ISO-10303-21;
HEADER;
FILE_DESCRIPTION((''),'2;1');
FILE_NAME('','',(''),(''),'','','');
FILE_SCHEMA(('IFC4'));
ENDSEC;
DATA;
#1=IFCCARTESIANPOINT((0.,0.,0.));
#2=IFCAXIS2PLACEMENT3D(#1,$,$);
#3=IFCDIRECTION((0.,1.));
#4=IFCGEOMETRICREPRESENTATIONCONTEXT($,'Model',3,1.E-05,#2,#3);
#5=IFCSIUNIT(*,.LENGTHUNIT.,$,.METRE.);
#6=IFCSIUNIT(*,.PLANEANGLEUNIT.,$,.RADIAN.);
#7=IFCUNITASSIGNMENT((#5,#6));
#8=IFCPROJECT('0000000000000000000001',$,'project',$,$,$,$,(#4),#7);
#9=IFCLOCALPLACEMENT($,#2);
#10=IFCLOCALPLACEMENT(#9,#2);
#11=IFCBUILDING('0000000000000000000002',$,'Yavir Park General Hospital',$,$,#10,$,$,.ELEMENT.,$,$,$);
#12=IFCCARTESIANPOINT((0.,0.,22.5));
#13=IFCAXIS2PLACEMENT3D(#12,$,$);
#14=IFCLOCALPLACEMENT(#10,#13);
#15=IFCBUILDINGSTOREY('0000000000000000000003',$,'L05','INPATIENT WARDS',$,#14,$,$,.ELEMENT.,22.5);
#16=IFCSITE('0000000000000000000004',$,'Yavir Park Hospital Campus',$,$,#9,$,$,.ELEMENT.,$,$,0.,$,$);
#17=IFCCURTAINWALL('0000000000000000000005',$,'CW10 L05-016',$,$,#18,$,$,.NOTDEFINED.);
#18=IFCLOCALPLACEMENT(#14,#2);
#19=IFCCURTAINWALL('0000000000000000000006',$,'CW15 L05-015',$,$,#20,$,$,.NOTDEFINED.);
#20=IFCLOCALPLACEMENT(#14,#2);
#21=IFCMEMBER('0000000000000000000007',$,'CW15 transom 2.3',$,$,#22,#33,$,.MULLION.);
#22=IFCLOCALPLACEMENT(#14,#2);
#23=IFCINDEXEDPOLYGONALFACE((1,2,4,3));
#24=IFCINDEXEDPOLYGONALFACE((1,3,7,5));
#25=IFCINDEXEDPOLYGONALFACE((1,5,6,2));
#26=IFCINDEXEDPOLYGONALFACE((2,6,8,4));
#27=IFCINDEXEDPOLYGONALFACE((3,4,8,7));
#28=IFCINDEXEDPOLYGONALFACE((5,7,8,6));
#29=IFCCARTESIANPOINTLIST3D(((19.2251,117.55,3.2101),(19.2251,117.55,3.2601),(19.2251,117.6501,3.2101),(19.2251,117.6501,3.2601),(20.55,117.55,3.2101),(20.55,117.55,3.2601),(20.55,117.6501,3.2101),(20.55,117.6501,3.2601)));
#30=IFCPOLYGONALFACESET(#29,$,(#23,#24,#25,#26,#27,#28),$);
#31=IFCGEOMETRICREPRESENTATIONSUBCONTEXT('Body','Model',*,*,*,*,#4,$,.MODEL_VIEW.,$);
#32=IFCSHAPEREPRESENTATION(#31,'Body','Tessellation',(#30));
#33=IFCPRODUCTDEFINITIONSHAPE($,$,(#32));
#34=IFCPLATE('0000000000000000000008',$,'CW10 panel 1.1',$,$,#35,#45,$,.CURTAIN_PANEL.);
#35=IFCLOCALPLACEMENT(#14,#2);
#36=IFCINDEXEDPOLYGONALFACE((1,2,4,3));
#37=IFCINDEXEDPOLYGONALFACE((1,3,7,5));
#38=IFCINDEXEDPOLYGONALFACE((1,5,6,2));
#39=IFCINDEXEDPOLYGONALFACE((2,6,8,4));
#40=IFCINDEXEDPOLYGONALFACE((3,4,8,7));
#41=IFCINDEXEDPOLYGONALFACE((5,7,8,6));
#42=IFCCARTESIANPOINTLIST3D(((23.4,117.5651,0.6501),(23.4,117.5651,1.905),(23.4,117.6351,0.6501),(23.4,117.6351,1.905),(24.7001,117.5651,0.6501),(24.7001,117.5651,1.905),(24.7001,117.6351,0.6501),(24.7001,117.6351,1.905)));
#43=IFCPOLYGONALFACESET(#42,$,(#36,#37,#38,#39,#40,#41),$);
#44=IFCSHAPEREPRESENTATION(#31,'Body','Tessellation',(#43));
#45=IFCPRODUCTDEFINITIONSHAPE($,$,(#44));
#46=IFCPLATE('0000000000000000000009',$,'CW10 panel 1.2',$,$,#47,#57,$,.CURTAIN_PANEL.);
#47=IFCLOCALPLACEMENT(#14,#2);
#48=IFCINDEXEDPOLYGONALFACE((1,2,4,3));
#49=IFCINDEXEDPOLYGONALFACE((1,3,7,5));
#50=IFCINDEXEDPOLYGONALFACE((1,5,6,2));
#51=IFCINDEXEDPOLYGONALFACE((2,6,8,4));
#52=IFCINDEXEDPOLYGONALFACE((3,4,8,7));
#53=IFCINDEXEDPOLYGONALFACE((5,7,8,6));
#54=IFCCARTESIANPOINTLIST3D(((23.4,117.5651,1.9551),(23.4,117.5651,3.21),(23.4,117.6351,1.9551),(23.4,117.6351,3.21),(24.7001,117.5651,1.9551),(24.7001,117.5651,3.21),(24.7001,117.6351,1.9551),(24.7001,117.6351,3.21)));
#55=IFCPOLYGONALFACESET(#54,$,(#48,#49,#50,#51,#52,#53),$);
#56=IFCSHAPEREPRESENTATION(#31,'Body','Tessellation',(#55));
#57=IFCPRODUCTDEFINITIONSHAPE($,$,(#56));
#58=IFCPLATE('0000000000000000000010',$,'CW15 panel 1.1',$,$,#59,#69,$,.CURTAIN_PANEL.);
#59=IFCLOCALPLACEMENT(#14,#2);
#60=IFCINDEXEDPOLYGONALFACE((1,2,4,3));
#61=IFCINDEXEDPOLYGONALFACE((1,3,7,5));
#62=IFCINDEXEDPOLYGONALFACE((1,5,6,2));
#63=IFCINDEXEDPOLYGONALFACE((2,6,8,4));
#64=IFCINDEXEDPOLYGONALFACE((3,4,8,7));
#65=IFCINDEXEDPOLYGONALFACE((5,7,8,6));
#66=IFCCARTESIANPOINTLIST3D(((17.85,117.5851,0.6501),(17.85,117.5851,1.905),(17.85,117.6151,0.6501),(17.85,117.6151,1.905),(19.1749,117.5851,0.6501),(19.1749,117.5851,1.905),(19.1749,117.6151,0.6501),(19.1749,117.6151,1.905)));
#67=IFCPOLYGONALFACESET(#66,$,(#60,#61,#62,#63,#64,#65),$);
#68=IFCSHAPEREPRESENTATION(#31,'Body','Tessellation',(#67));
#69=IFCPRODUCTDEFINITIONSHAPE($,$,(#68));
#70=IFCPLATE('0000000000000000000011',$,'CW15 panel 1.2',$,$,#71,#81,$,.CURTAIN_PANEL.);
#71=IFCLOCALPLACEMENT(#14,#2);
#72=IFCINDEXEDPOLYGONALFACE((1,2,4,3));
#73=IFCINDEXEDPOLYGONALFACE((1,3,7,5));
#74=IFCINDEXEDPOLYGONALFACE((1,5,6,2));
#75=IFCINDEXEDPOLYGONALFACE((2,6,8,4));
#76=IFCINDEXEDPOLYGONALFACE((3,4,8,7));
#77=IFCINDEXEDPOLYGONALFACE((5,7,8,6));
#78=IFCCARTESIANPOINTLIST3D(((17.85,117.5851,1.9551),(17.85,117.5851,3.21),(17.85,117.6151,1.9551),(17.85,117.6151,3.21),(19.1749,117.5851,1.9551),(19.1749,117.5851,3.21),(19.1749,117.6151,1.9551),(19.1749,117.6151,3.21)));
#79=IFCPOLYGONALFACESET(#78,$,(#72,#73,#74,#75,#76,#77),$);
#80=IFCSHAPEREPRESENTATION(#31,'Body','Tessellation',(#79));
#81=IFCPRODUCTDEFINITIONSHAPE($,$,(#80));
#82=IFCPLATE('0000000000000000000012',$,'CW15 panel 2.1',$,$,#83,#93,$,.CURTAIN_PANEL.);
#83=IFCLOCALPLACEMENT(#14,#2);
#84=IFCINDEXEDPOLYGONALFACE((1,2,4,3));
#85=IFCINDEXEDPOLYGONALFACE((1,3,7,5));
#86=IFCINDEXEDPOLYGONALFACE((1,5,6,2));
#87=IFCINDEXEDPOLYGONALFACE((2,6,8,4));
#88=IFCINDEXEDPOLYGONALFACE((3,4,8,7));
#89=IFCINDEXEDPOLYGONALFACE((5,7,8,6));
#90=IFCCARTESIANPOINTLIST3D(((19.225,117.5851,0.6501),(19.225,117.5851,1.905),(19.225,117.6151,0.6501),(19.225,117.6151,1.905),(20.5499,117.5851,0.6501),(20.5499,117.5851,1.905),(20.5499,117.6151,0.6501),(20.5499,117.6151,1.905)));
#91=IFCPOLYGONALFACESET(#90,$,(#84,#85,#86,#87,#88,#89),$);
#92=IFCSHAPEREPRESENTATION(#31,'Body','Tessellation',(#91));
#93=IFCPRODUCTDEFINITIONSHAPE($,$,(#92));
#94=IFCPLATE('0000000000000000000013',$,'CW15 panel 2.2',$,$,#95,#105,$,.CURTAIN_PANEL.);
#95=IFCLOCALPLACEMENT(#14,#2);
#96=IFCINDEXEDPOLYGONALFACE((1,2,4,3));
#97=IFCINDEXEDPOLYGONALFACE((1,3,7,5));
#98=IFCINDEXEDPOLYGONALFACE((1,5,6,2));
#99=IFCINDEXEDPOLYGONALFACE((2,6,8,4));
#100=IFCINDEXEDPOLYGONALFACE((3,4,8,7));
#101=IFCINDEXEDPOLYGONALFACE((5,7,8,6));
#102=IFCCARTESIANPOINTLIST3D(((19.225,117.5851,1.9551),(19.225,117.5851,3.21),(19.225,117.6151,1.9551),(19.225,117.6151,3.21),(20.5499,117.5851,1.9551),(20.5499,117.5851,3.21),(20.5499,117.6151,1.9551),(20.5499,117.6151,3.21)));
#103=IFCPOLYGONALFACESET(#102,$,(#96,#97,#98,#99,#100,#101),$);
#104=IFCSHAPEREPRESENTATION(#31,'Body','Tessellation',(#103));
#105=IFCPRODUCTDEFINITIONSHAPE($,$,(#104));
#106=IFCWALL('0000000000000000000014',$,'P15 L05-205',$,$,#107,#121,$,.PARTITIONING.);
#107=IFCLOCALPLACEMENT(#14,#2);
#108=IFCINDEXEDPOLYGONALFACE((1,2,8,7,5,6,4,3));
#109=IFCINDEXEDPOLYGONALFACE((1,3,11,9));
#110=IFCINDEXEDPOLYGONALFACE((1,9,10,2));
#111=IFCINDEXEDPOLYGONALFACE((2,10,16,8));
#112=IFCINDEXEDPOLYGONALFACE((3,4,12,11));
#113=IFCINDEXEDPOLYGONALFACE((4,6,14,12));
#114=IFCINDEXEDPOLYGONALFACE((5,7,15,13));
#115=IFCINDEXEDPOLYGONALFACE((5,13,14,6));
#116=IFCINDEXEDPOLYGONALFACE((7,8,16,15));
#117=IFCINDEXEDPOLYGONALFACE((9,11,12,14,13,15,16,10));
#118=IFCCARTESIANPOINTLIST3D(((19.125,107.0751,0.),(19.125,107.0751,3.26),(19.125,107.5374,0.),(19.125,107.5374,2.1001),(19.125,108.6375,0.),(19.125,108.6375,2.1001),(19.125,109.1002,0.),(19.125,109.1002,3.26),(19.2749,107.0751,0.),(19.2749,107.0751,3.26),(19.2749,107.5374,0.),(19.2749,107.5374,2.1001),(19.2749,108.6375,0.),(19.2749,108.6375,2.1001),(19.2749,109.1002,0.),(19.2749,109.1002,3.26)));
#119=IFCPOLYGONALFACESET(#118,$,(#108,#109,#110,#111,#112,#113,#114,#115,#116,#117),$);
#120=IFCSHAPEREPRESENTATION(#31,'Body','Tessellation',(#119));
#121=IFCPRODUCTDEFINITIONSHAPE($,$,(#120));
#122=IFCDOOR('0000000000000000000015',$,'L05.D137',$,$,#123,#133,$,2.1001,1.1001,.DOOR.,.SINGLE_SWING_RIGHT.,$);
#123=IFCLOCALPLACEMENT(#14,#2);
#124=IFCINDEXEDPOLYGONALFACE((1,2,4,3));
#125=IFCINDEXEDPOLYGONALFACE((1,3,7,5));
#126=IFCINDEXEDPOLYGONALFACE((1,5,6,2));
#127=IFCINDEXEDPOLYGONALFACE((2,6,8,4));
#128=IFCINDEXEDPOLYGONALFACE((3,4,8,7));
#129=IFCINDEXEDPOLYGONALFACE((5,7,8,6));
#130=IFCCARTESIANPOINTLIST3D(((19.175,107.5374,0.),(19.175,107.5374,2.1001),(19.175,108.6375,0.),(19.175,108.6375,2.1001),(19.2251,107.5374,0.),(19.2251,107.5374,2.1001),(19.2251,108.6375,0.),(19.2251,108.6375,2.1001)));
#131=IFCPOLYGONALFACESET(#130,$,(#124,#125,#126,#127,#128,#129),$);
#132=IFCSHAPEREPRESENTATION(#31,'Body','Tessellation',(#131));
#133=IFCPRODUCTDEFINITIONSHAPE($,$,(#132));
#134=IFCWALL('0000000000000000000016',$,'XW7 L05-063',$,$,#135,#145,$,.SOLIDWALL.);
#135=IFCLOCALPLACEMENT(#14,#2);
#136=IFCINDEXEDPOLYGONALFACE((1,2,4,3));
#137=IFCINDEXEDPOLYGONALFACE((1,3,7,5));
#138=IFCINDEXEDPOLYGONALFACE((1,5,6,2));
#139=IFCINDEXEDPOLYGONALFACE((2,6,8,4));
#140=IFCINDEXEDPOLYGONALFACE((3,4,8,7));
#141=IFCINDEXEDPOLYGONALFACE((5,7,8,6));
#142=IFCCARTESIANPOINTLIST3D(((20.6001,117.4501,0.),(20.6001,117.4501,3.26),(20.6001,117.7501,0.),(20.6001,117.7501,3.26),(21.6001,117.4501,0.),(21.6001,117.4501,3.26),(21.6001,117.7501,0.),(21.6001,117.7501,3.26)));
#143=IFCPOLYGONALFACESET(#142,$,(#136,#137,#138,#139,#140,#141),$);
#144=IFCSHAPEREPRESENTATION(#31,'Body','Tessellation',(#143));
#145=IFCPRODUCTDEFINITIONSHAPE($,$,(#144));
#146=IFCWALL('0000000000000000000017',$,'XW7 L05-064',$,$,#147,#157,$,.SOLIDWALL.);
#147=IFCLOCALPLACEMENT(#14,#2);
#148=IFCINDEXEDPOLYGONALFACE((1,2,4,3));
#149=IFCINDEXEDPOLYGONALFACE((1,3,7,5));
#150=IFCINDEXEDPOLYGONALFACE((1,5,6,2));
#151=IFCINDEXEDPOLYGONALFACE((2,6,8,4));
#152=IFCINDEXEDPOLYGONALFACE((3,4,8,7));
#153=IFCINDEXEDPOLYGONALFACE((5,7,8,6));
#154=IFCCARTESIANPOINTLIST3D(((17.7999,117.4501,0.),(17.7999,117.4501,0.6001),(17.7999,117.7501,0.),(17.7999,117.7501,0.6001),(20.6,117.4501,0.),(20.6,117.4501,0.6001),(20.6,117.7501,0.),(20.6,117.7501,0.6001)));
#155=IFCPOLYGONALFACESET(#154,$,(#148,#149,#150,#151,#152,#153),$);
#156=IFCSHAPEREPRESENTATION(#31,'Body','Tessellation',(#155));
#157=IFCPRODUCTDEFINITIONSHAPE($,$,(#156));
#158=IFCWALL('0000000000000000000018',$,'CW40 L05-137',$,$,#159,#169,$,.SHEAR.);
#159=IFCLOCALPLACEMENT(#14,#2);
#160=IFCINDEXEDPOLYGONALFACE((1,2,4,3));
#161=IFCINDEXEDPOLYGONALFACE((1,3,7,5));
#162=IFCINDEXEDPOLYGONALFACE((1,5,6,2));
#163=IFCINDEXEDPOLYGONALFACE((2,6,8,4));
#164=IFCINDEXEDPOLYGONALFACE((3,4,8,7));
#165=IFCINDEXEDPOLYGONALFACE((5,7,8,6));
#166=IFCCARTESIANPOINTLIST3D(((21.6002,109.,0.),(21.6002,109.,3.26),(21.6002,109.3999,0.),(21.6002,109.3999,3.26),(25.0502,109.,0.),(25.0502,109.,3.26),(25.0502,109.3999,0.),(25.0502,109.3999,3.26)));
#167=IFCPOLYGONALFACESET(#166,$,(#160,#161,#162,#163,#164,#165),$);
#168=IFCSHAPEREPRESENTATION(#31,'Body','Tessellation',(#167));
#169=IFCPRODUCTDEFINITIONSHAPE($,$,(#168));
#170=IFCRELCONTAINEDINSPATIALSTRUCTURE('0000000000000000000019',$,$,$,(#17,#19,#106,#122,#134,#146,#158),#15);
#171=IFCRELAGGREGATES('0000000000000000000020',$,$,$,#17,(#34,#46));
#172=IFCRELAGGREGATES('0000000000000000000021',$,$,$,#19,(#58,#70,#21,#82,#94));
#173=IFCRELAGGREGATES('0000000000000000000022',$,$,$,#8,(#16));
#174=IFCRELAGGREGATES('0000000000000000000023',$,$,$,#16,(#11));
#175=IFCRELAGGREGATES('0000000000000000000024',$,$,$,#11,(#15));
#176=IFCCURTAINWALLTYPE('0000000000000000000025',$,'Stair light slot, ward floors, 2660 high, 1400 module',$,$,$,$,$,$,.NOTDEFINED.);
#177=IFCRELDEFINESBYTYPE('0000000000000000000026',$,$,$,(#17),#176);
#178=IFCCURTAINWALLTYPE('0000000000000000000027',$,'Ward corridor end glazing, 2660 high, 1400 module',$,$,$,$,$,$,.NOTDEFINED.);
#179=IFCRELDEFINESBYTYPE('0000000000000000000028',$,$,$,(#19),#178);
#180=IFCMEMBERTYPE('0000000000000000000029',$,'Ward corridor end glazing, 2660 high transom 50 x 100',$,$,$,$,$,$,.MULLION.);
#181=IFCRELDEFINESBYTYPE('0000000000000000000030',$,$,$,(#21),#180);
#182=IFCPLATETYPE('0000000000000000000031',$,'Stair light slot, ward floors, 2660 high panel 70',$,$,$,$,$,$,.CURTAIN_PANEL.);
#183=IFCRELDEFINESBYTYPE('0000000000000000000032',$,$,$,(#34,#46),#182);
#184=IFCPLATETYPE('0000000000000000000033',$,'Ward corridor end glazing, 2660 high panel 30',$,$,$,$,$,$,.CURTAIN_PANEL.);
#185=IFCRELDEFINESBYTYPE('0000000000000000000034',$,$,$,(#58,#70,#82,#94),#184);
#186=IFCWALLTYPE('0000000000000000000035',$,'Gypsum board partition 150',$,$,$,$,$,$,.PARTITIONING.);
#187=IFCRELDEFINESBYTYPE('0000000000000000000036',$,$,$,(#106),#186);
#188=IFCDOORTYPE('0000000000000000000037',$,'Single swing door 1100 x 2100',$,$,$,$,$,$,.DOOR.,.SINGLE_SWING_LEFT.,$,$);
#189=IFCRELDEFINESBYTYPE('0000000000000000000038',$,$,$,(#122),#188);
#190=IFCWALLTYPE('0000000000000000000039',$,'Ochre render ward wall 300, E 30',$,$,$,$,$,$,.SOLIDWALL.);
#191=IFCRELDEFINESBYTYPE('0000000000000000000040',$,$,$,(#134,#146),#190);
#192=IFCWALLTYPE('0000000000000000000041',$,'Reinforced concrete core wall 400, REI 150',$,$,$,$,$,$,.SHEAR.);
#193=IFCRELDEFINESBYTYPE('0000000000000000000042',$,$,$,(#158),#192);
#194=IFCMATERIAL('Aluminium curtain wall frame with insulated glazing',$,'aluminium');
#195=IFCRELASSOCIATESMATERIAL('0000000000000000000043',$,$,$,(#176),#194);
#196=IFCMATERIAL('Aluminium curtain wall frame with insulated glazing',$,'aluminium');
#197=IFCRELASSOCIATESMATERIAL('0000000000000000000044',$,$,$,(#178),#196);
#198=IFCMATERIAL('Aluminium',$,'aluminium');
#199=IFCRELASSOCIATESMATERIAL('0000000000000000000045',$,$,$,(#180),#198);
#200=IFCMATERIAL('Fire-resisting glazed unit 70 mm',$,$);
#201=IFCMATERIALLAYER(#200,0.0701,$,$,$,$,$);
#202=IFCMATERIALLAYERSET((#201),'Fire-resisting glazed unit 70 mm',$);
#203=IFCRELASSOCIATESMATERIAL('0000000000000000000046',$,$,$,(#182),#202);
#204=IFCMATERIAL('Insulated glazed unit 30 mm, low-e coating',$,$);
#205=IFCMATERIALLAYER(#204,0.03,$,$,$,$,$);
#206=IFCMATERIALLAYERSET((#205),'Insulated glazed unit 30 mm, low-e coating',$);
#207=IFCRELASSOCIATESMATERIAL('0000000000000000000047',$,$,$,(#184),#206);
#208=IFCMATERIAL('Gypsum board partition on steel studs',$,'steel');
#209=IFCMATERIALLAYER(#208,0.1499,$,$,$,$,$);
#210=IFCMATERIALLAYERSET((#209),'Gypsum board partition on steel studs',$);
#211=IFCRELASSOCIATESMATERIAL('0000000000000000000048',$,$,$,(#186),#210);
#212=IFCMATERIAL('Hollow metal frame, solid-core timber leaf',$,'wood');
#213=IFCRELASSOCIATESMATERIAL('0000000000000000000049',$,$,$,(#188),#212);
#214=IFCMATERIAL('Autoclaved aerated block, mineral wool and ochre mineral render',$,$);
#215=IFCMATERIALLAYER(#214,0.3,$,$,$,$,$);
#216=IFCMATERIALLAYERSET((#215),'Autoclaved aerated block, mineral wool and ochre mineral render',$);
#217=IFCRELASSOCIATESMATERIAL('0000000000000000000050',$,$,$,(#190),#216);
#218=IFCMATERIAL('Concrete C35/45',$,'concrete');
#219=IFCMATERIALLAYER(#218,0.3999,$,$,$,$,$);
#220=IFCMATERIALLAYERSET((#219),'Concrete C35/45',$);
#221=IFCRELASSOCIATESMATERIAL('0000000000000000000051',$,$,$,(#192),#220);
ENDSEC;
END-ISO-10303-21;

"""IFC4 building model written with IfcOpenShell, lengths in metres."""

from ifc_helpers import new_model, si_unit, direction, frame, frame_2d, origin, origin_2d, place, context, subcontext, project, spatial, rectangle, extrude, material, layer, layer_set, material_profile, profile_set, type_object, element, fill, aggregate, save


model = new_model("IFC4")

# Units and contexts
model_context = context("Model", 3, precision=1e-05, world=origin(), true_north=direction((0.0, 1.0)))
body_context = subcontext(model_context, "Body", "Model", "MODEL_VIEW")
ifc_project = project(units=[si_unit("LENGTHUNIT", "METRE"), si_unit("PLANEANGLEUNIT", "RADIAN")], contexts=[model_context])

# Site, building, storey
site_placement = place(None, origin())
site = spatial("IfcSite", under=ifc_project, at=site_placement, Name="Yavir Park Hospital Campus", CompositionType="ELEMENT", RefElevation=0.0)
building_placement = place(site_placement, origin())
building = spatial("IfcBuilding", under=site, at=building_placement, Name="Yavir Park General Hospital", CompositionType="ELEMENT")
storey_placement = place(building_placement, frame((0.0, 0.0, 22.5)))
storey = spatial("IfcBuildingStorey", under=building, at=storey_placement, Name="L05", Description="INPATIENT WARDS", CompositionType="ELEMENT", Elevation=22.5)

# Curtain walls, member
ifc_material_1 = material(Name="Aluminium curtain wall frame with insulated glazing", Category="aluminium")
curtain_wall_type_1 = type_object("IfcCurtainWallType", Name="Stair light slot, ward floors, 2660 high, 1400 module", PredefinedType="NOTDEFINED", material=ifc_material_1)
curtain_wall_1_placement = place(storey_placement, origin())
curtain_wall_1 = element("IfcCurtainWall", 1, at=curtain_wall_1_placement, inside=storey, type_object=curtain_wall_type_1, Name="CW10 L05-016", PredefinedType="NOTDEFINED")
ifc_material_2 = material(Name="Aluminium curtain wall frame with insulated glazing", Category="aluminium")
curtain_wall_type_2 = type_object("IfcCurtainWallType", Name="Ward corridor end glazing, 2660 high, 1400 module", PredefinedType="NOTDEFINED", material=ifc_material_2)
curtain_wall_2_placement = place(storey_placement, origin())
curtain_wall_2 = element("IfcCurtainWall", 2, at=curtain_wall_2_placement, inside=storey, type_object=curtain_wall_type_2, Name="CW15 L05-015", PredefinedType="NOTDEFINED")
ifc_material_3 = material(Name="Aluminium", Category="aluminium")
ifc_material_profile_1 = material_profile(ifc_material_3, rectangle(XDim=0.1001, YDim=0.05, at=origin_2d()), Name="AL 100x50")
ifc_profile_set_1 = profile_set([ifc_material_profile_1], Name="Aluminium")
member_type_1 = type_object("IfcMemberType", Name="Ward corridor end glazing, 2660 high transom 50 x 100", PredefinedType="MULLION", material=ifc_profile_set_1)
member_1_placement = place(storey_placement, frame((19.2251, 117.6001, 3.2351), z_axis=(1.0, 0.0, 0.0), x_axis=(0.0, 1.0, 0.0)))
member_1 = element("IfcMember", 3, at=member_1_placement, type_object=member_type_1, Name="CW15 transom 2.3", PredefinedType="MULLION", context=body_context, shape_type="SweptSolid", body=[
    extrude(rectangle(XDim=0.1001, YDim=0.05, at=origin_2d()), origin(), (0.0, 0.0, 1.0), 1.325),
])

# Plates
ifc_material_4 = material(Name="Fire-resisting glazed unit 70 mm")
ifc_layer_1 = layer(ifc_material_4, 0.0701)
ifc_layer_set_1 = layer_set([ifc_layer_1], Name="Fire-resisting glazed unit 70 mm")
plate_type_1 = type_object("IfcPlateType", Name="Stair light slot, ward floors, 2660 high panel 70", PredefinedType="CURTAIN_PANEL", material=ifc_layer_set_1)
plate_1_placement = place(storey_placement, frame((24.05, 117.6001, 0.6501), z_axis=(0.0, 0.0, 1.0), x_axis=(1.0, 0.0, 0.0)))
plate_1 = element("IfcPlate", 4, at=plate_1_placement, type_object=plate_type_1, Name="CW10 panel 1.1", PredefinedType="CURTAIN_PANEL", context=body_context, shape_type="SweptSolid", body=[
    extrude(rectangle(XDim=1.3, YDim=0.0701, at=origin_2d()), origin(), (0.0, 0.0, 1.0), 1.2549),
])
plate_2_placement = place(storey_placement, frame((24.05, 117.6001, 1.9551), z_axis=(0.0, 0.0, 1.0), x_axis=(1.0, 0.0, 0.0)))
plate_2 = element("IfcPlate", 5, at=plate_2_placement, type_object=plate_type_1, Name="CW10 panel 1.2", PredefinedType="CURTAIN_PANEL", context=body_context, shape_type="SweptSolid", body=[
    extrude(rectangle(XDim=1.3, YDim=0.0701, at=origin_2d()), origin(), (0.0, 0.0, 1.0), 1.2549),
])
aggregate(curtain_wall_1, [plate_1, plate_2])
ifc_material_5 = material(Name="Insulated glazed unit 30 mm, low-e coating")
ifc_layer_2 = layer(ifc_material_5, 0.03)
ifc_layer_set_2 = layer_set([ifc_layer_2], Name="Insulated glazed unit 30 mm, low-e coating")
plate_type_2 = type_object("IfcPlateType", Name="Ward corridor end glazing, 2660 high panel 30", PredefinedType="CURTAIN_PANEL", material=ifc_layer_set_2)
plate_3_placement = place(storey_placement, frame((18.5125, 117.6001, 0.6501), z_axis=(0.0, 0.0, 1.0), x_axis=(1.0, 0.0, 0.0)))
plate_3 = element("IfcPlate", 6, at=plate_3_placement, type_object=plate_type_2, Name="CW15 panel 1.1", PredefinedType="CURTAIN_PANEL", context=body_context, shape_type="SweptSolid", body=[
    extrude(rectangle(XDim=1.325, YDim=0.03, at=origin_2d()), origin(), (0.0, 0.0, 1.0), 1.2549),
])
plate_4_placement = place(storey_placement, frame((18.5125, 117.6001, 1.9551), z_axis=(0.0, 0.0, 1.0), x_axis=(1.0, 0.0, 0.0)))
plate_4 = element("IfcPlate", 7, at=plate_4_placement, type_object=plate_type_2, Name="CW15 panel 1.2", PredefinedType="CURTAIN_PANEL", context=body_context, shape_type="SweptSolid", body=[
    extrude(rectangle(XDim=1.325, YDim=0.03, at=origin_2d()), origin(), (0.0, 0.0, 1.0), 1.2549),
])
plate_5_placement = place(storey_placement, frame((19.8875, 117.6001, 0.6501), z_axis=(0.0, 0.0, 1.0), x_axis=(1.0, 0.0, 0.0)))
plate_5 = element("IfcPlate", 8, at=plate_5_placement, type_object=plate_type_2, Name="CW15 panel 2.1", PredefinedType="CURTAIN_PANEL", context=body_context, shape_type="SweptSolid", body=[
    extrude(rectangle(XDim=1.325, YDim=0.03, at=origin_2d()), origin(), (0.0, 0.0, 1.0), 1.2549),
])
plate_6_placement = place(storey_placement, frame((19.8875, 117.6001, 1.9551), z_axis=(0.0, 0.0, 1.0), x_axis=(1.0, 0.0, 0.0)))
plate_6 = element("IfcPlate", 9, at=plate_6_placement, type_object=plate_type_2, Name="CW15 panel 2.2", PredefinedType="CURTAIN_PANEL", context=body_context, shape_type="SweptSolid", body=[
    extrude(rectangle(XDim=1.325, YDim=0.03, at=origin_2d()), origin(), (0.0, 0.0, 1.0), 1.2549),
])
aggregate(curtain_wall_2, [plate_3, plate_4, member_1, plate_5, plate_6])

# Wall, opening, door
ifc_material_6 = material(Name="Gypsum board partition on steel studs", Category="steel")
ifc_layer_3 = layer(ifc_material_6, 0.1499)
ifc_layer_set_3 = layer_set([ifc_layer_3], Name="Gypsum board partition on steel studs")
wall_type_1 = type_object("IfcWallType", Name="Gypsum board partition 150", PredefinedType="PARTITIONING", material=ifc_layer_set_3)
wall_1_placement = place(storey_placement, frame((19.2, 107.075, 0.0), z_axis=(0.0, 0.0, 1.0), x_axis=(0.0, 1.0, 0.0)))
wall_1 = element("IfcWall", 10, at=wall_1_placement, inside=storey, type_object=wall_type_1, Name="P15 L05-205", PredefinedType="PARTITIONING", context=body_context, shape_type="SweptSolid", body=[
    extrude(rectangle(XDim=2.0251, YDim=0.1499, at=frame_2d((1.0127, 0.0))), origin(), (0.0, 0.0, 1.0), 3.26),
])
opening_1_placement = place(wall_1_placement, frame((0.4624, 0.0, 0.0)))
opening_1 = element("IfcOpeningElement", 11, at=opening_1_placement, cuts=wall_1, PredefinedType="OPENING", context=body_context, shape_type="SweptSolid", body=[
    extrude(rectangle(XDim=1.1001, YDim=2.1001, at=frame_2d((0.55, 1.05))), frame((0.0, 0.085, 0.0), z_axis=(0.0, -1.0, 0.0), x_axis=(1.0, 0.0, 0.0)), (0.0, 0.0, 1.0), 0.1699),
])
ifc_material_7 = material(Name="Hollow metal frame, solid-core timber leaf", Category="wood")
door_type_1 = type_object("IfcDoorType", Name="Single swing door 1100 x 2100", OperationType="SINGLE_SWING_LEFT", PredefinedType="DOOR", material=ifc_material_7)
door_1_placement = place(opening_1_placement, origin())
door_1 = element("IfcDoor", 12, at=door_1_placement, inside=storey, type_object=door_type_1, Name="L05.D137", OperationType="SINGLE_SWING_RIGHT", OverallHeight=2.1001, OverallWidth=1.1001, PredefinedType="DOOR", context=body_context, shape_type="SweptSolid", body=[
    extrude(rectangle(XDim=1.1001, YDim=2.1001, at=frame_2d((0.55, 1.05))), frame((0.0, 0.0249, 0.0), z_axis=(0.0, -1.0, 0.0), x_axis=(1.0, 0.0, 0.0)), (0.0, 0.0, 1.0), 0.05),
])
fill(opening_1, door_1)

# Walls
ifc_material_8 = material(Name="Autoclaved aerated block, mineral wool and ochre mineral render")
ifc_layer_4 = layer(ifc_material_8, 0.3)
ifc_layer_set_4 = layer_set([ifc_layer_4], Name="Autoclaved aerated block, mineral wool and ochre mineral render")
wall_type_2 = type_object("IfcWallType", Name="Ochre render ward wall 300, E 30", PredefinedType="SOLIDWALL", material=ifc_layer_set_4)
wall_2_placement = place(storey_placement, frame((20.6001, 117.6001, 0.0), z_axis=(0.0, 0.0, 1.0), x_axis=(1.0, 0.0, 0.0)))
element("IfcWall", 13, at=wall_2_placement, inside=storey, type_object=wall_type_2, Name="XW7 L05-063", PredefinedType="SOLIDWALL", context=body_context, shape_type="SweptSolid", body=[
    extrude(rectangle(XDim=1.0, YDim=0.3, at=frame_2d((0.5, 0.0))), origin(), (0.0, 0.0, 1.0), 3.26),
])
wall_3_placement = place(storey_placement, frame((17.8, 117.6001, 0.0), z_axis=(0.0, 0.0, 1.0), x_axis=(1.0, 0.0, 0.0)))
element("IfcWall", 14, at=wall_3_placement, inside=storey, type_object=wall_type_2, Name="XW7 L05-064", PredefinedType="SOLIDWALL", context=body_context, shape_type="SweptSolid", body=[
    extrude(rectangle(XDim=2.8, YDim=0.3, at=frame_2d((1.3999, 0.0))), origin(), (0.0, 0.0, 1.0), 0.6001),
])
ifc_material_9 = material(Name="Concrete C35/45", Category="concrete")
ifc_layer_5 = layer(ifc_material_9, 0.3999)
ifc_layer_set_5 = layer_set([ifc_layer_5], Name="Concrete C35/45")
wall_type_3 = type_object("IfcWallType", Name="Reinforced concrete core wall 400, REI 150", PredefinedType="SHEAR", material=ifc_layer_set_5)
wall_4_placement = place(storey_placement, frame((21.6001, 109.2, 0.0), z_axis=(0.0, 0.0, 1.0), x_axis=(1.0, 0.0, 0.0)))
element("IfcWall", 15, at=wall_4_placement, inside=storey, type_object=wall_type_3, Name="CW40 L05-137", PredefinedType="SHEAR", context=body_context, shape_type="SweptSolid", body=[
    extrude(rectangle(XDim=3.45, YDim=0.3999, at=frame_2d((1.7251, 0.0))), origin(), (0.0, 0.0, 1.0), 3.26),
])

save(model, "model.ifc")
